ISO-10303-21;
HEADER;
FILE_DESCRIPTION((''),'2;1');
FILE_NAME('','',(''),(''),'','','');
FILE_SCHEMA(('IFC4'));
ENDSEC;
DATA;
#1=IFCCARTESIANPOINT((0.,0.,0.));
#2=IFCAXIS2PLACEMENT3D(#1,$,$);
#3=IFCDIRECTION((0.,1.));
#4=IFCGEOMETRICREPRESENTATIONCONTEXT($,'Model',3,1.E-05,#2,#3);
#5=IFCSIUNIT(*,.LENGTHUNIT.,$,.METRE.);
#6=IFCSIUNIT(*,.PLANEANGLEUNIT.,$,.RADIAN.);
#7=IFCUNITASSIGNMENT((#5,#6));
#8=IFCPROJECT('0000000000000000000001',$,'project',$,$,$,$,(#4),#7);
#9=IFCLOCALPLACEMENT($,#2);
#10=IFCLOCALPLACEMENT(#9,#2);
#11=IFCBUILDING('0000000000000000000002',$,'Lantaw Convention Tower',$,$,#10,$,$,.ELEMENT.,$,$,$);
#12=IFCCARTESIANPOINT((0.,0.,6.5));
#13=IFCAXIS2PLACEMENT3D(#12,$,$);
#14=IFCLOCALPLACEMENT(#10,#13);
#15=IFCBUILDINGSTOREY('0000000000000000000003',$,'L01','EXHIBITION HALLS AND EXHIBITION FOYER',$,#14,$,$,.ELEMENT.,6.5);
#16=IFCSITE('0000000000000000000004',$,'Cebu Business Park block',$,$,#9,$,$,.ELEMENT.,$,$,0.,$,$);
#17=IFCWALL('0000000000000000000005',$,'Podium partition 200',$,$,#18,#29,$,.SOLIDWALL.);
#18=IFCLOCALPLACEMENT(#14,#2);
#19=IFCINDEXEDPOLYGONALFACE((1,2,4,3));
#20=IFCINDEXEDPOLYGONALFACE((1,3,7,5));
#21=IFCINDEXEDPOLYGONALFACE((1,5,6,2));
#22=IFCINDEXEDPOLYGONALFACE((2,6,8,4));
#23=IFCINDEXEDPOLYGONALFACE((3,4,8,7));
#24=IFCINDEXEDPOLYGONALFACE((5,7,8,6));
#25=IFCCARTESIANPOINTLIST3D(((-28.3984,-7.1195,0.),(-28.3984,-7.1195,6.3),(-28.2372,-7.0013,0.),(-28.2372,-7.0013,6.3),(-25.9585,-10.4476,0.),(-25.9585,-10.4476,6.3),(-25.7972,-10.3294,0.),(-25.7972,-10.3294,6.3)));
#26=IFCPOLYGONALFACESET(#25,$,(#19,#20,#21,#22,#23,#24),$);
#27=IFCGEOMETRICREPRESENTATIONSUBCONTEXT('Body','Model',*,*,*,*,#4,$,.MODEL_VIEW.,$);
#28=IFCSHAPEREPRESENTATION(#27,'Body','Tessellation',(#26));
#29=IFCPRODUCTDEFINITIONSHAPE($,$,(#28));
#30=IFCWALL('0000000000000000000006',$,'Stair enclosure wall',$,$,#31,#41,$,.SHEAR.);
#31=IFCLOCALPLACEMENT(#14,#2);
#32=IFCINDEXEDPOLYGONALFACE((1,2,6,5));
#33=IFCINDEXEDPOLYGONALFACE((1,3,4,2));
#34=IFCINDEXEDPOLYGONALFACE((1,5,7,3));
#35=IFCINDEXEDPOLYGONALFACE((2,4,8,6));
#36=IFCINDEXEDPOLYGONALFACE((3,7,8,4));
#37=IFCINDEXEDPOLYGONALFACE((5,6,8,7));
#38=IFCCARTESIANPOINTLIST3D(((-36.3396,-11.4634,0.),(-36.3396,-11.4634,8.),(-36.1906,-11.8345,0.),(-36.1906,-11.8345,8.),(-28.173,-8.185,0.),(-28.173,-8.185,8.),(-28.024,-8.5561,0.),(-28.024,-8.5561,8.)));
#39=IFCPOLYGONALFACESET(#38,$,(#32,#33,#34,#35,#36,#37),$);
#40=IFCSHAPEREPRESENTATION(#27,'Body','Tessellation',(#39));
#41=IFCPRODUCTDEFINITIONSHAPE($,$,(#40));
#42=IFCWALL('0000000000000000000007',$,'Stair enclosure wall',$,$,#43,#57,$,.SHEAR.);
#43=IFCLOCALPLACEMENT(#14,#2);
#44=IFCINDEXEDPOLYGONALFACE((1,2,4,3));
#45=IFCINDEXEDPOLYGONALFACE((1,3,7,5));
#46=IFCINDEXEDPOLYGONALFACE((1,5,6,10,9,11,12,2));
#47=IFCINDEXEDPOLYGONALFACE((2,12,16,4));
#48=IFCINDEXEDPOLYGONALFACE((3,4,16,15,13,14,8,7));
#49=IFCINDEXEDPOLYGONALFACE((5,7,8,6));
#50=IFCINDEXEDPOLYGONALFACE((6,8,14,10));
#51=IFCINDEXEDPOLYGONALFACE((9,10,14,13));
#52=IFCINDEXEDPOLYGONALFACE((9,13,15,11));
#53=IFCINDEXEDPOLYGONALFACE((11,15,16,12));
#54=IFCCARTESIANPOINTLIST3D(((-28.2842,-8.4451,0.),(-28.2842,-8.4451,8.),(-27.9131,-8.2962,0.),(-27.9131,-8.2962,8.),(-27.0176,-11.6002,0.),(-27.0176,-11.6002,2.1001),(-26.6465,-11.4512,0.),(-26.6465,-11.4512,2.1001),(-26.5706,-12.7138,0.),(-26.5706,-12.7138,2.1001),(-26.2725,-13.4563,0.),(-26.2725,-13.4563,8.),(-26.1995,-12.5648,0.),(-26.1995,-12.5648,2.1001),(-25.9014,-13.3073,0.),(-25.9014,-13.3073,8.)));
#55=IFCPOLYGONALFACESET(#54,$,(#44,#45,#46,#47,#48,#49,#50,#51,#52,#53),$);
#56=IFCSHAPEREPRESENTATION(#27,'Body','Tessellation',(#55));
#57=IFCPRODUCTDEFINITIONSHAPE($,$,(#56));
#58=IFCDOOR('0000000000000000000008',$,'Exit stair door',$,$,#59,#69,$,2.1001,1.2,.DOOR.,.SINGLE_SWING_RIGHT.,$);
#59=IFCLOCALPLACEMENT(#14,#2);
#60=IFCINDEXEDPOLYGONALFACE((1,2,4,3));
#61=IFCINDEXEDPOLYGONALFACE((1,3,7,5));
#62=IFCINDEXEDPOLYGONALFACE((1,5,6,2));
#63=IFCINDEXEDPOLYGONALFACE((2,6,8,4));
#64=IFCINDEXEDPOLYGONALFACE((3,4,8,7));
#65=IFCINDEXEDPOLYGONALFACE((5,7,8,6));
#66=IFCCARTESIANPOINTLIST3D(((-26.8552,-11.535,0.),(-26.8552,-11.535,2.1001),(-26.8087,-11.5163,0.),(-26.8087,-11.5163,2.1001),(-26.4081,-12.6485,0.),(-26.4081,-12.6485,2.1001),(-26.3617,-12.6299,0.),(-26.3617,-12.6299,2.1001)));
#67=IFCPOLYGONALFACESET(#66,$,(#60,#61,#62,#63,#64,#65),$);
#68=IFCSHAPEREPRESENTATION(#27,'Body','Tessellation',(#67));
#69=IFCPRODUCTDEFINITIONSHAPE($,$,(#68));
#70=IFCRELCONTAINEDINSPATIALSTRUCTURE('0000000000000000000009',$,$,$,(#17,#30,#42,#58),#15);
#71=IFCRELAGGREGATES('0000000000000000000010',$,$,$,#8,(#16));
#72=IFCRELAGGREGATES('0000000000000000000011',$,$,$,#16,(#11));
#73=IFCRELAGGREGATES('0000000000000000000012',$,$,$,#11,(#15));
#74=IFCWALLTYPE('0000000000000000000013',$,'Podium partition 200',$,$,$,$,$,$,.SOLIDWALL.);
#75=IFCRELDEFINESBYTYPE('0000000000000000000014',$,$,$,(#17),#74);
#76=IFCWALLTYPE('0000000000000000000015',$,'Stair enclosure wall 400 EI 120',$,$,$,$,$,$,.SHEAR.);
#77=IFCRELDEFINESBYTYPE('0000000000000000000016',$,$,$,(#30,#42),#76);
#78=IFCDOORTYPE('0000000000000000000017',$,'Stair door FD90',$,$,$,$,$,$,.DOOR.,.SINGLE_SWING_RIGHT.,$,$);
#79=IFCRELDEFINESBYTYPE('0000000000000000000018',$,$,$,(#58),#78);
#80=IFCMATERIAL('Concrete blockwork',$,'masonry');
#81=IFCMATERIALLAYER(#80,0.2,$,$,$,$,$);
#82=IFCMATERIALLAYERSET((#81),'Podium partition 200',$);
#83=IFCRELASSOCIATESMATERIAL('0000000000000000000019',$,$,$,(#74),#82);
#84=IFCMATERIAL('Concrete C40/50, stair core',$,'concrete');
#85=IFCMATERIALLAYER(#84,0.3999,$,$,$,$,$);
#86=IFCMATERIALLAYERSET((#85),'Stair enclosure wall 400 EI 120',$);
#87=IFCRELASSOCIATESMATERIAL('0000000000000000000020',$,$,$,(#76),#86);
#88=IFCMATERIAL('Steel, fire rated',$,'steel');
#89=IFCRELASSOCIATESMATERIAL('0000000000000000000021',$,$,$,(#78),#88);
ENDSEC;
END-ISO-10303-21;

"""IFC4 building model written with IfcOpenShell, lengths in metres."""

from ifc_helpers import new_model, si_unit, direction, frame, frame_2d, origin, place, context, subcontext, project, spatial, rectangle, extrude, material, layer, layer_set, type_object, element, fill, save


model = new_model("IFC4")

# Units and contexts
model_context = context("Model", 3, precision=1e-05, world=origin(), true_north=direction((0.0, 1.0)))
body_context = subcontext(model_context, "Body", "Model", "MODEL_VIEW")
ifc_project = project(units=[si_unit("LENGTHUNIT", "METRE"), si_unit("PLANEANGLEUNIT", "RADIAN")], contexts=[model_context])

# Site, building, storey
site_placement = place(None, origin())
site = spatial("IfcSite", under=ifc_project, at=site_placement, Name="Cebu Business Park block", CompositionType="ELEMENT", RefElevation=0.0)
building_placement = place(site_placement, origin())
building = spatial("IfcBuilding", under=site, at=building_placement, Name="Lantaw Convention Tower", CompositionType="ELEMENT")
storey_placement = place(building_placement, frame((0.0, 0.0, 6.5)))
storey = spatial("IfcBuildingStorey", under=building, at=storey_placement, Name="L01", Description="EXHIBITION HALLS AND EXHIBITION FOYER", CompositionType="ELEMENT", Elevation=6.5)

# Wall
ifc_material_1 = material(Name="Concrete blockwork", Category="masonry")
ifc_layer_1 = layer(ifc_material_1, 0.2)
ifc_layer_set_1 = layer_set([ifc_layer_1], Name="Podium partition 200")
wall_type_1 = type_object("IfcWallType", Name="Podium partition 200", PredefinedType="SOLIDWALL", material=ifc_layer_set_1)
wall_1_placement = place(storey_placement, frame((-28.3179, -7.0603, 0.0), z_axis=(0.0, 0.0, 1.0), x_axis=(0.591256, -0.806484, 0.0)))
element("IfcWall", 1, at=wall_1_placement, inside=storey, type_object=wall_type_1, Name="Podium partition 200", PredefinedType="SOLIDWALL", context=body_context, shape_type="SweptSolid", body=[
    extrude(rectangle(XDim=4.1267, YDim=0.2, at=frame_2d((2.0635, 0.0))), origin(), (0.0, 0.0, 1.0), 6.3),
])

# Wall
ifc_material_2 = material(Name="Concrete C40/50, stair core", Category="concrete")
ifc_layer_2 = layer(ifc_material_2, 0.3999)
ifc_layer_set_2 = layer_set([ifc_layer_2], Name="Stair enclosure wall 400 EI 120")
wall_type_2 = type_object("IfcWallType", Name="Stair enclosure wall 400 EI 120", PredefinedType="SHEAR", material=ifc_layer_set_2)
wall_2_placement = place(storey_placement, frame((-28.0986, -8.3706, 0.0), z_axis=(0.0, 0.0, 1.0), x_axis=(-0.928017, -0.372538, 0.0)))
element("IfcWall", 2, at=wall_2_placement, inside=storey, type_object=wall_type_2, Name="Stair enclosure wall", PredefinedType="SHEAR", context=body_context, shape_type="SweptSolid", body=[
    extrude(rectangle(XDim=8.8, YDim=0.3999, at=frame_2d((4.3999, 0.0))), origin(), (0.0, 0.0, 1.0), 8.0),
])

# Wall, opening, door
wall_3_placement = place(storey_placement, frame((-26.0869, -13.3818, 0.0), z_axis=(0.0, 0.0, 1.0), x_axis=(-0.372544, 0.928015, 0.0)))
wall_3 = element("IfcWall", 3, at=wall_3_placement, inside=storey, type_object=wall_type_2, Name="Stair enclosure wall", PredefinedType="SHEAR", context=body_context, shape_type="SweptSolid", body=[
    extrude(rectangle(XDim=5.3999, YDim=0.3999, at=frame_2d((2.7, 0.0))), origin(), (0.0, 0.0, 1.0), 8.0),
])
opening_1_placement = place(wall_3_placement, frame((0.8, 0.0, 0.0)))
opening_1 = element("IfcOpeningElement", 4, at=opening_1_placement, cuts=wall_3, PredefinedType="OPENING", context=body_context, shape_type="SweptSolid", body=[
    extrude(rectangle(XDim=1.2, YDim=2.1001, at=frame_2d((0.6001, 1.05))), frame((0.0, 0.21, 0.0), z_axis=(0.0, -1.0, 0.0), x_axis=(1.0, 0.0, 0.0)), (0.0, 0.0, 1.0), 0.4199),
])
ifc_material_3 = material(Name="Steel, fire rated", Category="steel")
door_type_1 = type_object("IfcDoorType", Name="Stair door FD90", OperationType="SINGLE_SWING_RIGHT", PredefinedType="DOOR", material=ifc_material_3)
door_1_placement = place(opening_1_placement, origin())
door_1 = element("IfcDoor", 5, at=door_1_placement, inside=storey, type_object=door_type_1, Name="Exit stair door", OperationType="SINGLE_SWING_RIGHT", OverallHeight=2.1001, OverallWidth=1.2, PredefinedType="DOOR", context=body_context, shape_type="SweptSolid", body=[
    extrude(rectangle(XDim=1.2, YDim=2.1001, at=frame_2d((0.6001, 1.05))), frame((0.0, 0.0249, 0.0), z_axis=(0.0, -1.0, 0.0), x_axis=(1.0, 0.0, 0.0)), (0.0, 0.0, 1.0), 0.05),
])
fill(opening_1, door_1)

save(model, "model.ifc")
